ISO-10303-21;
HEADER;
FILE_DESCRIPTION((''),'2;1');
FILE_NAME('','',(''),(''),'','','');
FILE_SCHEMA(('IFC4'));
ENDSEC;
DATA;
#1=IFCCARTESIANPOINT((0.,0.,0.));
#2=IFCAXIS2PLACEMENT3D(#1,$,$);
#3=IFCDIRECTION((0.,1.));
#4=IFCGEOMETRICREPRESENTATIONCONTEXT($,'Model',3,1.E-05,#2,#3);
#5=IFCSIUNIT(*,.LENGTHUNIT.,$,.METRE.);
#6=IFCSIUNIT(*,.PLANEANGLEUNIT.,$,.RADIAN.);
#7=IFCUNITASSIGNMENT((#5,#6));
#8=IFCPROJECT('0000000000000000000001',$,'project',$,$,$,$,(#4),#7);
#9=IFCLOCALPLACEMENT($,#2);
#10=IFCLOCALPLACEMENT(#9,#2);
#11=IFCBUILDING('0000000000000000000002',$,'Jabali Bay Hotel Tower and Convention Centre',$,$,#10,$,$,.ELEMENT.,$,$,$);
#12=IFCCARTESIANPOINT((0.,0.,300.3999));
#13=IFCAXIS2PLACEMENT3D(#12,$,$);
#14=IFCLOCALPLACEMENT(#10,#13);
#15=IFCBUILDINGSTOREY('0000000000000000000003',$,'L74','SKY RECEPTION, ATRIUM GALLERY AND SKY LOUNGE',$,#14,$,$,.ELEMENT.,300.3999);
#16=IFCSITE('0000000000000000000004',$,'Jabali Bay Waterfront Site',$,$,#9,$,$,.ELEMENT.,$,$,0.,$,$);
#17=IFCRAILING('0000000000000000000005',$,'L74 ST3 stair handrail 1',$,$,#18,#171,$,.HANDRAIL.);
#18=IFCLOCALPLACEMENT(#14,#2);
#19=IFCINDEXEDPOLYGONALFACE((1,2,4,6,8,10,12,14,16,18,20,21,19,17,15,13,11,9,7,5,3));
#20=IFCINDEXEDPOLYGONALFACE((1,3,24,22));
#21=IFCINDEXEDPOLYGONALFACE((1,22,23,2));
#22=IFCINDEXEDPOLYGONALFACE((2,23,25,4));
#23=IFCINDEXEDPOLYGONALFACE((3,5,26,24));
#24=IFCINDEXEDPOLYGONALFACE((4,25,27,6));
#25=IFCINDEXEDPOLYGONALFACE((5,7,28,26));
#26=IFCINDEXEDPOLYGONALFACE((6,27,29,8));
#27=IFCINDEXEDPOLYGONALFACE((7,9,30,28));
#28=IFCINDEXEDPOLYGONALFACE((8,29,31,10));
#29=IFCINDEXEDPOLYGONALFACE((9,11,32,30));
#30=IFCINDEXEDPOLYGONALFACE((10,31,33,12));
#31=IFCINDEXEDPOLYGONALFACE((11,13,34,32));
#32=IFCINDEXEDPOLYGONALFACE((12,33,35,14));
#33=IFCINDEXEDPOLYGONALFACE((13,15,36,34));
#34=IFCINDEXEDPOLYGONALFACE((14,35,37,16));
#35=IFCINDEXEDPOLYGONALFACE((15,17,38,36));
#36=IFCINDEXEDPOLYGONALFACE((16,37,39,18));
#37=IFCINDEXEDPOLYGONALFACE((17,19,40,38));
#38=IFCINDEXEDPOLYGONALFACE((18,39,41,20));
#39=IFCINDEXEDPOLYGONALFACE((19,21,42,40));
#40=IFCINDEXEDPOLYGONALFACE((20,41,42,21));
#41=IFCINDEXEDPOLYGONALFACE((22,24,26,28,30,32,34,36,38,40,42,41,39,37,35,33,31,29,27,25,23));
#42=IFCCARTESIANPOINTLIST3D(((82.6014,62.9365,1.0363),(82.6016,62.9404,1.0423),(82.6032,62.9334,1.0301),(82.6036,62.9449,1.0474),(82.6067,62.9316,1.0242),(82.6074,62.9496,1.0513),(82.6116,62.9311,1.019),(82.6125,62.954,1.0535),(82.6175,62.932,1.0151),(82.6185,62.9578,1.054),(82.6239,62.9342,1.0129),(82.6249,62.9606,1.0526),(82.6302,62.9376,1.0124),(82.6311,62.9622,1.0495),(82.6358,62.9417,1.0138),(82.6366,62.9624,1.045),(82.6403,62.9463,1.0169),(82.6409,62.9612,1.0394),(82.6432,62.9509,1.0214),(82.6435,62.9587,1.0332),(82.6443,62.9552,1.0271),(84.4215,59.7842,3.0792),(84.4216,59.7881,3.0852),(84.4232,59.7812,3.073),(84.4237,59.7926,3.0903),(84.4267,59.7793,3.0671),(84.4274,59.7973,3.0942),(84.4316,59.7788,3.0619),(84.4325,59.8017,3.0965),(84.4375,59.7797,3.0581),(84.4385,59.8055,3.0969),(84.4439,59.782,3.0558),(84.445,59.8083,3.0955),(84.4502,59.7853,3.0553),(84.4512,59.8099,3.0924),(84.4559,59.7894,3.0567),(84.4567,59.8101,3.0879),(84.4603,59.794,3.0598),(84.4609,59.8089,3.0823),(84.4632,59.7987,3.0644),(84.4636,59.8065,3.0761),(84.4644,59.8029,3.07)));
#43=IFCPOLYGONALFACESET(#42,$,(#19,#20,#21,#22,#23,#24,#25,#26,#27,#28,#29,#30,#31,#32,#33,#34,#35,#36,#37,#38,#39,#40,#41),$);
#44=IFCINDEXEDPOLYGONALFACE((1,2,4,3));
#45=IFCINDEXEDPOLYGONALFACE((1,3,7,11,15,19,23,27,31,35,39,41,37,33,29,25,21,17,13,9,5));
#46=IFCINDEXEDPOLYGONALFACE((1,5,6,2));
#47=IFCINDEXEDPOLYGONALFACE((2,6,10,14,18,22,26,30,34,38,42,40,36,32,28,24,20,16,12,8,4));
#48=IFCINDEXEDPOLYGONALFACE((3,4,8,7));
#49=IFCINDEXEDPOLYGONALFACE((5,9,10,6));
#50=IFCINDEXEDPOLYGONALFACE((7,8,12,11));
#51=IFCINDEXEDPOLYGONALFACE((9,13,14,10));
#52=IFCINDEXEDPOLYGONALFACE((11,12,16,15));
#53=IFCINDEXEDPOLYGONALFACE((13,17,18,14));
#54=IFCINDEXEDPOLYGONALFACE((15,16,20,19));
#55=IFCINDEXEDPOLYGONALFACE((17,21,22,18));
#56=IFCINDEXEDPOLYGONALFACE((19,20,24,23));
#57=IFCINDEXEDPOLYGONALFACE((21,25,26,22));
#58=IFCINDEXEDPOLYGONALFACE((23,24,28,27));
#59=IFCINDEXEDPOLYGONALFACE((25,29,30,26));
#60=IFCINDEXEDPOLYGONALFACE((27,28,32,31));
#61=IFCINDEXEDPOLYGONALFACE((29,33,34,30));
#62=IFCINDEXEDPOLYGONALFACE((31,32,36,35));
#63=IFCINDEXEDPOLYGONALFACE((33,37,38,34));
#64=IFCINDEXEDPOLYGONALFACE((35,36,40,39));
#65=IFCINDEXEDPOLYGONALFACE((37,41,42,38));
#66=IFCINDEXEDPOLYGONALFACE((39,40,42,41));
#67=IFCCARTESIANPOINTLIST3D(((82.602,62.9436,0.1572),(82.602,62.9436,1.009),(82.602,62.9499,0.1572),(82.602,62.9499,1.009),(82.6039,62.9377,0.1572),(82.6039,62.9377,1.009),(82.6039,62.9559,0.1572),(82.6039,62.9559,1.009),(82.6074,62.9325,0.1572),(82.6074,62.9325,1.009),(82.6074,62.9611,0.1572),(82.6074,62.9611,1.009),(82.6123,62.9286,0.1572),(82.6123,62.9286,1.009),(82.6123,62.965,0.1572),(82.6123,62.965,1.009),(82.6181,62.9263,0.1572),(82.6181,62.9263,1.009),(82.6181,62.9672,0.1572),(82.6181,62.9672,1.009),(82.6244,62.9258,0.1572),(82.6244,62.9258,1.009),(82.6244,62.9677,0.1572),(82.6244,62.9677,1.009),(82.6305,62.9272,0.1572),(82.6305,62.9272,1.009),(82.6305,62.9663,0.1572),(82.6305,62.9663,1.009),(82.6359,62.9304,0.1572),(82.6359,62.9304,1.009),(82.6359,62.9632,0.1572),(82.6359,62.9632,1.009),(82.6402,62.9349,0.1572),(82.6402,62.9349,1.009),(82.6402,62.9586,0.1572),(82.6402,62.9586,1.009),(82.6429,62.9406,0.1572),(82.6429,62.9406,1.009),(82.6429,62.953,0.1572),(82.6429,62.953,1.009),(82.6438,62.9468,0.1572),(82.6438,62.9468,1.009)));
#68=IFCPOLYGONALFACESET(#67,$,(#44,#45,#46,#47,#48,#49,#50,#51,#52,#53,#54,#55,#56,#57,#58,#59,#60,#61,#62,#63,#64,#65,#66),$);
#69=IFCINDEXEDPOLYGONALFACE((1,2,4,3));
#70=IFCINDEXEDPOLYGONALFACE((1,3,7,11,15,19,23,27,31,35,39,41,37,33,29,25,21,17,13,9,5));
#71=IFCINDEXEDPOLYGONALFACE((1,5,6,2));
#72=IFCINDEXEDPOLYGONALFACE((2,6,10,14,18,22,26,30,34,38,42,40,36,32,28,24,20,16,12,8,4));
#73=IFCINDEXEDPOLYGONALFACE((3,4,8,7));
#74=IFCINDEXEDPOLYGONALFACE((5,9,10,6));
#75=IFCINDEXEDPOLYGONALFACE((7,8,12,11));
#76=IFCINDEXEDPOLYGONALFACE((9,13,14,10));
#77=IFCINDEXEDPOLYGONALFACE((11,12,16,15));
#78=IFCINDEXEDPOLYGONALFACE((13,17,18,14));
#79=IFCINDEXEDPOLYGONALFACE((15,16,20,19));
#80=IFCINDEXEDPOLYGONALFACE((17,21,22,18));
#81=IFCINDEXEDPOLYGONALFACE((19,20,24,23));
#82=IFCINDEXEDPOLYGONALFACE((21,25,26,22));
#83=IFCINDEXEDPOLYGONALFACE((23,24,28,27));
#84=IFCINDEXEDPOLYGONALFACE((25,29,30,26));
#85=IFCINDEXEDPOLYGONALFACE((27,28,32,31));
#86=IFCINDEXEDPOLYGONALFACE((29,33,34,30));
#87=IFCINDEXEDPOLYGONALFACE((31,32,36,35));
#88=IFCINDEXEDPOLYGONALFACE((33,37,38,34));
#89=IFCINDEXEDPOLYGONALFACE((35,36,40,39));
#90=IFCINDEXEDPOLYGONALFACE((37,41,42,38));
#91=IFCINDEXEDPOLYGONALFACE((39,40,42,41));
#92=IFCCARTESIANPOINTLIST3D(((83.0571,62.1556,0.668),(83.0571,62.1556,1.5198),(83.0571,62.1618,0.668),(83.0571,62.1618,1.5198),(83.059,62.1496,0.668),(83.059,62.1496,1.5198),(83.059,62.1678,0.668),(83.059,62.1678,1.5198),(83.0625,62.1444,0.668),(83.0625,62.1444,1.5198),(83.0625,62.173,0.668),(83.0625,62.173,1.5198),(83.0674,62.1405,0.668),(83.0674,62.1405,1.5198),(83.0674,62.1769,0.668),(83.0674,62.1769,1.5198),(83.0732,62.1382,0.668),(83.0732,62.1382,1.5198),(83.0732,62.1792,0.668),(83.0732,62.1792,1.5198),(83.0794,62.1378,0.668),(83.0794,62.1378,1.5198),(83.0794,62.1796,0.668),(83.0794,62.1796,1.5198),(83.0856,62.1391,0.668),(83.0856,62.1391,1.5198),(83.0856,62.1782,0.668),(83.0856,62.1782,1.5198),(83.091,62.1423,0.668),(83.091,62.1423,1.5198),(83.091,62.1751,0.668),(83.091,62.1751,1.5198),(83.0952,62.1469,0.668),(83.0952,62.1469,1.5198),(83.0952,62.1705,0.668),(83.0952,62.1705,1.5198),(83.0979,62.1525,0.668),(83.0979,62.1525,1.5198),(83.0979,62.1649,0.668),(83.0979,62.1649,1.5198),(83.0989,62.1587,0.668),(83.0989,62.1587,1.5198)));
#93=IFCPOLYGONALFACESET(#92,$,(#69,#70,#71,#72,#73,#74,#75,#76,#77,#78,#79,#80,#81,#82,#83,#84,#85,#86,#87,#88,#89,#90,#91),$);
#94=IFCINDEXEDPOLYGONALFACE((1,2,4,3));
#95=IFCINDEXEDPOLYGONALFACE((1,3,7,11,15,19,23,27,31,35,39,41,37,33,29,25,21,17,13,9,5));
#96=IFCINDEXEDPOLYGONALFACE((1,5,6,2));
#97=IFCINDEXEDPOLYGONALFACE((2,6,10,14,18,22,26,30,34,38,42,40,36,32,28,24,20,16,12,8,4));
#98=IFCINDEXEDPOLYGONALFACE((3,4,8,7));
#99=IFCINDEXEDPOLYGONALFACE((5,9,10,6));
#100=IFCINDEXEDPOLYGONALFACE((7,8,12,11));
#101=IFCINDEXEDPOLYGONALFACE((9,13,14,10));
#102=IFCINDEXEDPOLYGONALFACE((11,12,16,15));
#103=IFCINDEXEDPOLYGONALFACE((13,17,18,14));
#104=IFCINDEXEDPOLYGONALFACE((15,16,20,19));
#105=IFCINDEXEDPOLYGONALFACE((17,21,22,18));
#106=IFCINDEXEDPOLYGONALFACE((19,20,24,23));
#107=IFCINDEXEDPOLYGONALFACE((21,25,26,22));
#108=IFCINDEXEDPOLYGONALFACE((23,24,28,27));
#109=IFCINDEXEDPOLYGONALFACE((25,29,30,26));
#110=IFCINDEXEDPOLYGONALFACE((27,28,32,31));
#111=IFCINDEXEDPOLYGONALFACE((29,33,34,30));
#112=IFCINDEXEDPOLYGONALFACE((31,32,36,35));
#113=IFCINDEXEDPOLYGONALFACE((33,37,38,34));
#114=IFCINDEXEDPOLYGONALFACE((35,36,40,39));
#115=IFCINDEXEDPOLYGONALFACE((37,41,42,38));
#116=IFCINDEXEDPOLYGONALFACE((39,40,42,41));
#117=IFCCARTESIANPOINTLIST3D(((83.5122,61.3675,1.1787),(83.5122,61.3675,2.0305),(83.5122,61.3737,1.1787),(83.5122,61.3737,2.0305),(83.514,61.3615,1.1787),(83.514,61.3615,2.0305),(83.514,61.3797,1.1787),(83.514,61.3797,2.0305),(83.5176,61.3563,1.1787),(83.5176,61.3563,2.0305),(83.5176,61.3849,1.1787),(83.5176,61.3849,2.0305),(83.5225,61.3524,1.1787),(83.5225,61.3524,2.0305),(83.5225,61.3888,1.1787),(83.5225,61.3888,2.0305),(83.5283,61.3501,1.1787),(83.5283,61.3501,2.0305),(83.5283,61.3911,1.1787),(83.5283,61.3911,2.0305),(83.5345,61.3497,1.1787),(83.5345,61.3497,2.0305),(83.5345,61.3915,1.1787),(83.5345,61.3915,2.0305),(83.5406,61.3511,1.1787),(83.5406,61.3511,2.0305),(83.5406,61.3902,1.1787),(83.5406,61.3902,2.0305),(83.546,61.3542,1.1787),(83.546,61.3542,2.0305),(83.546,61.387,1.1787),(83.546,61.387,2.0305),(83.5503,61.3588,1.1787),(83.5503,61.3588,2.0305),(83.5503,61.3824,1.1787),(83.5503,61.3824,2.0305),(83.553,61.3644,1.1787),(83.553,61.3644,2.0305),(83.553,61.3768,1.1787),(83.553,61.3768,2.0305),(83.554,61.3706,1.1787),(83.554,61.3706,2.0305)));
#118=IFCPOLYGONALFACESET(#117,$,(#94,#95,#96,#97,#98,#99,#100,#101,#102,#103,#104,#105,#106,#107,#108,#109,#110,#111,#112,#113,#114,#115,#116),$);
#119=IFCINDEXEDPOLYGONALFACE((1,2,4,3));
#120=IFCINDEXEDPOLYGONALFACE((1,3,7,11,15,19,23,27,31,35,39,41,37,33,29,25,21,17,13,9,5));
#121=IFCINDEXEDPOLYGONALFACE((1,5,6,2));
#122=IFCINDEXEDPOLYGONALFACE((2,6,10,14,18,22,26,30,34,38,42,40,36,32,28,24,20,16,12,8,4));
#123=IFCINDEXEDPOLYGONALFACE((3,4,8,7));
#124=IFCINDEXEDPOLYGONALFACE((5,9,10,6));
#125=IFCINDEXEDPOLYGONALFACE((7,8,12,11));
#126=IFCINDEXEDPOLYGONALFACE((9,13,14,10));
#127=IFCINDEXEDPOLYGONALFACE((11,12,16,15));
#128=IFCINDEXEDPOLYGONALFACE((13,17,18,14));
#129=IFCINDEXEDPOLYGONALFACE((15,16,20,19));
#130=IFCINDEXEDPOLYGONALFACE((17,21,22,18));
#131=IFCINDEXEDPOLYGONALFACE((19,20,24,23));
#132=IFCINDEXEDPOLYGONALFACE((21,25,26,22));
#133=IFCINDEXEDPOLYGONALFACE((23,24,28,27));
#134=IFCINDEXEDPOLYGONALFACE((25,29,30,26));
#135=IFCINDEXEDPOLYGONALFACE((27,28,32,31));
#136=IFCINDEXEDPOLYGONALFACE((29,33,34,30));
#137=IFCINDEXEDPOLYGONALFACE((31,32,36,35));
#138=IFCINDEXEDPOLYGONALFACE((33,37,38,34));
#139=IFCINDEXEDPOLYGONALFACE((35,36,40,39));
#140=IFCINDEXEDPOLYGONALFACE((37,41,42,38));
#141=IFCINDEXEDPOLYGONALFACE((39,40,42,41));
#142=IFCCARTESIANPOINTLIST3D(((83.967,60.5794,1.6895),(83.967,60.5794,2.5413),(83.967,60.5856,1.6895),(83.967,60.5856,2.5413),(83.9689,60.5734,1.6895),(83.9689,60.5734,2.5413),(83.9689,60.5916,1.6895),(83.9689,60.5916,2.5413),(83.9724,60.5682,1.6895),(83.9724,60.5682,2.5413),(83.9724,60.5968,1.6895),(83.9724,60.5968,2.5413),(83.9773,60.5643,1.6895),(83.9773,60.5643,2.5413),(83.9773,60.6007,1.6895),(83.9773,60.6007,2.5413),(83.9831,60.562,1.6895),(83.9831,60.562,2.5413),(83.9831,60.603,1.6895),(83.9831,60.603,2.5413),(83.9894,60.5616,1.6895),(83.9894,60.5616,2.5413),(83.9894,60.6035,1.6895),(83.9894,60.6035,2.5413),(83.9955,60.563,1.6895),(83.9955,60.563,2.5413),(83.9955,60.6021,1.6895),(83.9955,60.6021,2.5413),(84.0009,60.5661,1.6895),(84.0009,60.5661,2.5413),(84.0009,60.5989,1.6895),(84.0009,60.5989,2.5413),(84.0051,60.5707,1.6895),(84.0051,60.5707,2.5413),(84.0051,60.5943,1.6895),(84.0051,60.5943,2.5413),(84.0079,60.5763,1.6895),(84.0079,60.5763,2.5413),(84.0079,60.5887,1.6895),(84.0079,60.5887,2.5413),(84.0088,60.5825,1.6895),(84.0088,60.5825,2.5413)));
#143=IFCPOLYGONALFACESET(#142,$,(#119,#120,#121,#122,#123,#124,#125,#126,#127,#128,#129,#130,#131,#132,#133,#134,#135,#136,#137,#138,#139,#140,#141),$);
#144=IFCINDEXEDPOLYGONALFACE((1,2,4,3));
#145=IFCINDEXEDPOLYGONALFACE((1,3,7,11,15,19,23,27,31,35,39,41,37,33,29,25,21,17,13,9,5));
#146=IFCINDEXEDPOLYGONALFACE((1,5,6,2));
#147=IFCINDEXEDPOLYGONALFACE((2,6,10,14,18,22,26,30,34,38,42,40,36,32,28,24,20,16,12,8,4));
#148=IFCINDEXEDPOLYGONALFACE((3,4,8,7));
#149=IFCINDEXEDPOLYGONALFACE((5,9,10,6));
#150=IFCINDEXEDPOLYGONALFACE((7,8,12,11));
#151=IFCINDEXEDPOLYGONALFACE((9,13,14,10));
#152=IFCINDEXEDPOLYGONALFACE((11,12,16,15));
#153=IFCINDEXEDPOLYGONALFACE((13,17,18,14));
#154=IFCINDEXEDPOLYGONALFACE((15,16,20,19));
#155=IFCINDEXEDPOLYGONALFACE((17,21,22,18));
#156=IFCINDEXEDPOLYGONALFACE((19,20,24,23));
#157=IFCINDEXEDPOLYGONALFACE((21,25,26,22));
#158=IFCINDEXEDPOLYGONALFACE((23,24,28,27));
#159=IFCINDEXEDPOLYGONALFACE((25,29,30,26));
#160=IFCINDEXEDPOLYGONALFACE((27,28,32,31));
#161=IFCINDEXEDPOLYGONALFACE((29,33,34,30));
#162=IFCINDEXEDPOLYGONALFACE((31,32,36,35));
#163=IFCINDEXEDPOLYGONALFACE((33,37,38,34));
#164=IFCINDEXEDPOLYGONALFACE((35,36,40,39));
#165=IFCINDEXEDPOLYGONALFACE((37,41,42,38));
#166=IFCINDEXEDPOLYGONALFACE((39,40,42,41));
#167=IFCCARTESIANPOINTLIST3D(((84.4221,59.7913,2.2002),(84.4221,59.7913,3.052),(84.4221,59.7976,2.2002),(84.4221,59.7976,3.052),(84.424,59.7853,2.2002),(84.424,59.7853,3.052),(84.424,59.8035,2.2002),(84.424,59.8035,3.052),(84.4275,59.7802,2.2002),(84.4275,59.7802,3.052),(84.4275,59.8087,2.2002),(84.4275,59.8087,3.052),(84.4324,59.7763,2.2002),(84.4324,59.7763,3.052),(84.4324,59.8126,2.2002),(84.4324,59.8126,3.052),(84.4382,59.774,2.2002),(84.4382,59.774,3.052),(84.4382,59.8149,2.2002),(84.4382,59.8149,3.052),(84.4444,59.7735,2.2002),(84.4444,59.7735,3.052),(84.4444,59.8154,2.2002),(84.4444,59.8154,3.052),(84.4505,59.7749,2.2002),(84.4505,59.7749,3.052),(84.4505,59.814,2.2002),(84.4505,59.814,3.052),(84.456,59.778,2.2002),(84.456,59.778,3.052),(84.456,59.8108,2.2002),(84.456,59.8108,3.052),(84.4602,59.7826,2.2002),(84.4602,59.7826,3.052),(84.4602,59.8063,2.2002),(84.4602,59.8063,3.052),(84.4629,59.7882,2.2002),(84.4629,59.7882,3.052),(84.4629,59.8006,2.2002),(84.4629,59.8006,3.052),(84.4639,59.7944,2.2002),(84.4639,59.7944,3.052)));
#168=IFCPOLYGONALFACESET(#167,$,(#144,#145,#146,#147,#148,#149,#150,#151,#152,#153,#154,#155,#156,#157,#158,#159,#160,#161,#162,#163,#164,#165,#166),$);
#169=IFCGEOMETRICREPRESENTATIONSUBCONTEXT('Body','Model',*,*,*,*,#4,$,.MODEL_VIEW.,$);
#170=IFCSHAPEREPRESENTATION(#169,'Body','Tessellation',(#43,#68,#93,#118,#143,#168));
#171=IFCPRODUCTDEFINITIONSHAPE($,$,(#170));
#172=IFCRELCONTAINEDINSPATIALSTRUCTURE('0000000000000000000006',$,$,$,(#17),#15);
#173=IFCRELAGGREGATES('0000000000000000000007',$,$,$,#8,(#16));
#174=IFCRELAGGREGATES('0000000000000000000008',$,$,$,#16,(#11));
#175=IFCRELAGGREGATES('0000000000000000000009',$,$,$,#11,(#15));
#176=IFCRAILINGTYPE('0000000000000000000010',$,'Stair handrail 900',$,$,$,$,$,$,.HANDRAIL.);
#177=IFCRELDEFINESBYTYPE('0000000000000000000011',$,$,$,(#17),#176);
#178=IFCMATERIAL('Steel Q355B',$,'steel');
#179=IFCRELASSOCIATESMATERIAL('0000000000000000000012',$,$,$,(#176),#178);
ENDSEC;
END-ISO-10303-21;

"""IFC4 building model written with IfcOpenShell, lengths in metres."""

from ifc_helpers import new_model, si_unit, direction, frame, origin, origin_2d, place, context, subcontext, project, spatial, circle, extrude, material, type_object, element, save


model = new_model("IFC4")

# Units and contexts
model_context = context("Model", 3, precision=1e-05, world=origin(), true_north=direction((0.0, 1.0)))
body_context = subcontext(model_context, "Body", "Model", "MODEL_VIEW")
ifc_project = project(units=[si_unit("LENGTHUNIT", "METRE"), si_unit("PLANEANGLEUNIT", "RADIAN")], contexts=[model_context])

# Site, building, storey
site_placement = place(None, origin())
site = spatial("IfcSite", under=ifc_project, at=site_placement, Name="Jabali Bay Waterfront Site", CompositionType="ELEMENT", RefElevation=0.0)
building_placement = place(site_placement, origin())
building = spatial("IfcBuilding", under=site, at=building_placement, Name="Jabali Bay Hotel Tower and Convention Centre", CompositionType="ELEMENT")
storey_placement = place(building_placement, frame((0.0, 0.0, 300.3999)))
storey = spatial("IfcBuildingStorey", under=building, at=storey_placement, Name="L74", Description="SKY RECEPTION, ATRIUM GALLERY AND SKY LOUNGE", CompositionType="ELEMENT", Elevation=300.3999)

# Railing
ifc_material_1 = material(Name="Steel Q355B", Category="steel")
railing_type_1 = type_object("IfcRailingType", Name="Stair handrail 900", PredefinedType="HANDRAIL", material=ifc_material_1)
railing_1_placement = place(storey_placement, frame((82.6228, 62.9468, 0.1572)))
element("IfcRailing", 1, at=railing_1_placement, inside=storey, type_object=railing_type_1, Name="L74 ST3 stair handrail 1", PredefinedType="HANDRAIL", context=body_context, shape_type="SweptSolid", body=[
    extrude(circle(Radius=0.0239, at=origin_2d()), frame((0.0, 0.0, 0.876), z_axis=(0.436032, -0.755204, 0.489432), x_axis=(0.866018, 0.500013, 0.0)), (0.0, 0.0, 1.0), 4.1741),
    extrude(circle(Radius=0.021, at=origin_2d()), origin(), (0.0, 0.0, 1.0), 0.8518),
    extrude(circle(Radius=0.021, at=origin_2d()), frame((0.4551, -0.7881, 0.5107)), (0.0, 0.0, 1.0), 0.8518),
    extrude(circle(Radius=0.021, at=origin_2d()), frame((0.9102, -1.5762, 1.0215)), (0.0, 0.0, 1.0), 0.8518),
    extrude(circle(Radius=0.021, at=origin_2d()), frame((1.365, -2.3643, 1.5322)), (0.0, 0.0, 1.0), 0.8518),
    extrude(circle(Radius=0.021, at=origin_2d()), frame((1.8201, -3.1523, 2.043)), (0.0, 0.0, 1.0), 0.8518),
])

save(model, "model.ifc")
